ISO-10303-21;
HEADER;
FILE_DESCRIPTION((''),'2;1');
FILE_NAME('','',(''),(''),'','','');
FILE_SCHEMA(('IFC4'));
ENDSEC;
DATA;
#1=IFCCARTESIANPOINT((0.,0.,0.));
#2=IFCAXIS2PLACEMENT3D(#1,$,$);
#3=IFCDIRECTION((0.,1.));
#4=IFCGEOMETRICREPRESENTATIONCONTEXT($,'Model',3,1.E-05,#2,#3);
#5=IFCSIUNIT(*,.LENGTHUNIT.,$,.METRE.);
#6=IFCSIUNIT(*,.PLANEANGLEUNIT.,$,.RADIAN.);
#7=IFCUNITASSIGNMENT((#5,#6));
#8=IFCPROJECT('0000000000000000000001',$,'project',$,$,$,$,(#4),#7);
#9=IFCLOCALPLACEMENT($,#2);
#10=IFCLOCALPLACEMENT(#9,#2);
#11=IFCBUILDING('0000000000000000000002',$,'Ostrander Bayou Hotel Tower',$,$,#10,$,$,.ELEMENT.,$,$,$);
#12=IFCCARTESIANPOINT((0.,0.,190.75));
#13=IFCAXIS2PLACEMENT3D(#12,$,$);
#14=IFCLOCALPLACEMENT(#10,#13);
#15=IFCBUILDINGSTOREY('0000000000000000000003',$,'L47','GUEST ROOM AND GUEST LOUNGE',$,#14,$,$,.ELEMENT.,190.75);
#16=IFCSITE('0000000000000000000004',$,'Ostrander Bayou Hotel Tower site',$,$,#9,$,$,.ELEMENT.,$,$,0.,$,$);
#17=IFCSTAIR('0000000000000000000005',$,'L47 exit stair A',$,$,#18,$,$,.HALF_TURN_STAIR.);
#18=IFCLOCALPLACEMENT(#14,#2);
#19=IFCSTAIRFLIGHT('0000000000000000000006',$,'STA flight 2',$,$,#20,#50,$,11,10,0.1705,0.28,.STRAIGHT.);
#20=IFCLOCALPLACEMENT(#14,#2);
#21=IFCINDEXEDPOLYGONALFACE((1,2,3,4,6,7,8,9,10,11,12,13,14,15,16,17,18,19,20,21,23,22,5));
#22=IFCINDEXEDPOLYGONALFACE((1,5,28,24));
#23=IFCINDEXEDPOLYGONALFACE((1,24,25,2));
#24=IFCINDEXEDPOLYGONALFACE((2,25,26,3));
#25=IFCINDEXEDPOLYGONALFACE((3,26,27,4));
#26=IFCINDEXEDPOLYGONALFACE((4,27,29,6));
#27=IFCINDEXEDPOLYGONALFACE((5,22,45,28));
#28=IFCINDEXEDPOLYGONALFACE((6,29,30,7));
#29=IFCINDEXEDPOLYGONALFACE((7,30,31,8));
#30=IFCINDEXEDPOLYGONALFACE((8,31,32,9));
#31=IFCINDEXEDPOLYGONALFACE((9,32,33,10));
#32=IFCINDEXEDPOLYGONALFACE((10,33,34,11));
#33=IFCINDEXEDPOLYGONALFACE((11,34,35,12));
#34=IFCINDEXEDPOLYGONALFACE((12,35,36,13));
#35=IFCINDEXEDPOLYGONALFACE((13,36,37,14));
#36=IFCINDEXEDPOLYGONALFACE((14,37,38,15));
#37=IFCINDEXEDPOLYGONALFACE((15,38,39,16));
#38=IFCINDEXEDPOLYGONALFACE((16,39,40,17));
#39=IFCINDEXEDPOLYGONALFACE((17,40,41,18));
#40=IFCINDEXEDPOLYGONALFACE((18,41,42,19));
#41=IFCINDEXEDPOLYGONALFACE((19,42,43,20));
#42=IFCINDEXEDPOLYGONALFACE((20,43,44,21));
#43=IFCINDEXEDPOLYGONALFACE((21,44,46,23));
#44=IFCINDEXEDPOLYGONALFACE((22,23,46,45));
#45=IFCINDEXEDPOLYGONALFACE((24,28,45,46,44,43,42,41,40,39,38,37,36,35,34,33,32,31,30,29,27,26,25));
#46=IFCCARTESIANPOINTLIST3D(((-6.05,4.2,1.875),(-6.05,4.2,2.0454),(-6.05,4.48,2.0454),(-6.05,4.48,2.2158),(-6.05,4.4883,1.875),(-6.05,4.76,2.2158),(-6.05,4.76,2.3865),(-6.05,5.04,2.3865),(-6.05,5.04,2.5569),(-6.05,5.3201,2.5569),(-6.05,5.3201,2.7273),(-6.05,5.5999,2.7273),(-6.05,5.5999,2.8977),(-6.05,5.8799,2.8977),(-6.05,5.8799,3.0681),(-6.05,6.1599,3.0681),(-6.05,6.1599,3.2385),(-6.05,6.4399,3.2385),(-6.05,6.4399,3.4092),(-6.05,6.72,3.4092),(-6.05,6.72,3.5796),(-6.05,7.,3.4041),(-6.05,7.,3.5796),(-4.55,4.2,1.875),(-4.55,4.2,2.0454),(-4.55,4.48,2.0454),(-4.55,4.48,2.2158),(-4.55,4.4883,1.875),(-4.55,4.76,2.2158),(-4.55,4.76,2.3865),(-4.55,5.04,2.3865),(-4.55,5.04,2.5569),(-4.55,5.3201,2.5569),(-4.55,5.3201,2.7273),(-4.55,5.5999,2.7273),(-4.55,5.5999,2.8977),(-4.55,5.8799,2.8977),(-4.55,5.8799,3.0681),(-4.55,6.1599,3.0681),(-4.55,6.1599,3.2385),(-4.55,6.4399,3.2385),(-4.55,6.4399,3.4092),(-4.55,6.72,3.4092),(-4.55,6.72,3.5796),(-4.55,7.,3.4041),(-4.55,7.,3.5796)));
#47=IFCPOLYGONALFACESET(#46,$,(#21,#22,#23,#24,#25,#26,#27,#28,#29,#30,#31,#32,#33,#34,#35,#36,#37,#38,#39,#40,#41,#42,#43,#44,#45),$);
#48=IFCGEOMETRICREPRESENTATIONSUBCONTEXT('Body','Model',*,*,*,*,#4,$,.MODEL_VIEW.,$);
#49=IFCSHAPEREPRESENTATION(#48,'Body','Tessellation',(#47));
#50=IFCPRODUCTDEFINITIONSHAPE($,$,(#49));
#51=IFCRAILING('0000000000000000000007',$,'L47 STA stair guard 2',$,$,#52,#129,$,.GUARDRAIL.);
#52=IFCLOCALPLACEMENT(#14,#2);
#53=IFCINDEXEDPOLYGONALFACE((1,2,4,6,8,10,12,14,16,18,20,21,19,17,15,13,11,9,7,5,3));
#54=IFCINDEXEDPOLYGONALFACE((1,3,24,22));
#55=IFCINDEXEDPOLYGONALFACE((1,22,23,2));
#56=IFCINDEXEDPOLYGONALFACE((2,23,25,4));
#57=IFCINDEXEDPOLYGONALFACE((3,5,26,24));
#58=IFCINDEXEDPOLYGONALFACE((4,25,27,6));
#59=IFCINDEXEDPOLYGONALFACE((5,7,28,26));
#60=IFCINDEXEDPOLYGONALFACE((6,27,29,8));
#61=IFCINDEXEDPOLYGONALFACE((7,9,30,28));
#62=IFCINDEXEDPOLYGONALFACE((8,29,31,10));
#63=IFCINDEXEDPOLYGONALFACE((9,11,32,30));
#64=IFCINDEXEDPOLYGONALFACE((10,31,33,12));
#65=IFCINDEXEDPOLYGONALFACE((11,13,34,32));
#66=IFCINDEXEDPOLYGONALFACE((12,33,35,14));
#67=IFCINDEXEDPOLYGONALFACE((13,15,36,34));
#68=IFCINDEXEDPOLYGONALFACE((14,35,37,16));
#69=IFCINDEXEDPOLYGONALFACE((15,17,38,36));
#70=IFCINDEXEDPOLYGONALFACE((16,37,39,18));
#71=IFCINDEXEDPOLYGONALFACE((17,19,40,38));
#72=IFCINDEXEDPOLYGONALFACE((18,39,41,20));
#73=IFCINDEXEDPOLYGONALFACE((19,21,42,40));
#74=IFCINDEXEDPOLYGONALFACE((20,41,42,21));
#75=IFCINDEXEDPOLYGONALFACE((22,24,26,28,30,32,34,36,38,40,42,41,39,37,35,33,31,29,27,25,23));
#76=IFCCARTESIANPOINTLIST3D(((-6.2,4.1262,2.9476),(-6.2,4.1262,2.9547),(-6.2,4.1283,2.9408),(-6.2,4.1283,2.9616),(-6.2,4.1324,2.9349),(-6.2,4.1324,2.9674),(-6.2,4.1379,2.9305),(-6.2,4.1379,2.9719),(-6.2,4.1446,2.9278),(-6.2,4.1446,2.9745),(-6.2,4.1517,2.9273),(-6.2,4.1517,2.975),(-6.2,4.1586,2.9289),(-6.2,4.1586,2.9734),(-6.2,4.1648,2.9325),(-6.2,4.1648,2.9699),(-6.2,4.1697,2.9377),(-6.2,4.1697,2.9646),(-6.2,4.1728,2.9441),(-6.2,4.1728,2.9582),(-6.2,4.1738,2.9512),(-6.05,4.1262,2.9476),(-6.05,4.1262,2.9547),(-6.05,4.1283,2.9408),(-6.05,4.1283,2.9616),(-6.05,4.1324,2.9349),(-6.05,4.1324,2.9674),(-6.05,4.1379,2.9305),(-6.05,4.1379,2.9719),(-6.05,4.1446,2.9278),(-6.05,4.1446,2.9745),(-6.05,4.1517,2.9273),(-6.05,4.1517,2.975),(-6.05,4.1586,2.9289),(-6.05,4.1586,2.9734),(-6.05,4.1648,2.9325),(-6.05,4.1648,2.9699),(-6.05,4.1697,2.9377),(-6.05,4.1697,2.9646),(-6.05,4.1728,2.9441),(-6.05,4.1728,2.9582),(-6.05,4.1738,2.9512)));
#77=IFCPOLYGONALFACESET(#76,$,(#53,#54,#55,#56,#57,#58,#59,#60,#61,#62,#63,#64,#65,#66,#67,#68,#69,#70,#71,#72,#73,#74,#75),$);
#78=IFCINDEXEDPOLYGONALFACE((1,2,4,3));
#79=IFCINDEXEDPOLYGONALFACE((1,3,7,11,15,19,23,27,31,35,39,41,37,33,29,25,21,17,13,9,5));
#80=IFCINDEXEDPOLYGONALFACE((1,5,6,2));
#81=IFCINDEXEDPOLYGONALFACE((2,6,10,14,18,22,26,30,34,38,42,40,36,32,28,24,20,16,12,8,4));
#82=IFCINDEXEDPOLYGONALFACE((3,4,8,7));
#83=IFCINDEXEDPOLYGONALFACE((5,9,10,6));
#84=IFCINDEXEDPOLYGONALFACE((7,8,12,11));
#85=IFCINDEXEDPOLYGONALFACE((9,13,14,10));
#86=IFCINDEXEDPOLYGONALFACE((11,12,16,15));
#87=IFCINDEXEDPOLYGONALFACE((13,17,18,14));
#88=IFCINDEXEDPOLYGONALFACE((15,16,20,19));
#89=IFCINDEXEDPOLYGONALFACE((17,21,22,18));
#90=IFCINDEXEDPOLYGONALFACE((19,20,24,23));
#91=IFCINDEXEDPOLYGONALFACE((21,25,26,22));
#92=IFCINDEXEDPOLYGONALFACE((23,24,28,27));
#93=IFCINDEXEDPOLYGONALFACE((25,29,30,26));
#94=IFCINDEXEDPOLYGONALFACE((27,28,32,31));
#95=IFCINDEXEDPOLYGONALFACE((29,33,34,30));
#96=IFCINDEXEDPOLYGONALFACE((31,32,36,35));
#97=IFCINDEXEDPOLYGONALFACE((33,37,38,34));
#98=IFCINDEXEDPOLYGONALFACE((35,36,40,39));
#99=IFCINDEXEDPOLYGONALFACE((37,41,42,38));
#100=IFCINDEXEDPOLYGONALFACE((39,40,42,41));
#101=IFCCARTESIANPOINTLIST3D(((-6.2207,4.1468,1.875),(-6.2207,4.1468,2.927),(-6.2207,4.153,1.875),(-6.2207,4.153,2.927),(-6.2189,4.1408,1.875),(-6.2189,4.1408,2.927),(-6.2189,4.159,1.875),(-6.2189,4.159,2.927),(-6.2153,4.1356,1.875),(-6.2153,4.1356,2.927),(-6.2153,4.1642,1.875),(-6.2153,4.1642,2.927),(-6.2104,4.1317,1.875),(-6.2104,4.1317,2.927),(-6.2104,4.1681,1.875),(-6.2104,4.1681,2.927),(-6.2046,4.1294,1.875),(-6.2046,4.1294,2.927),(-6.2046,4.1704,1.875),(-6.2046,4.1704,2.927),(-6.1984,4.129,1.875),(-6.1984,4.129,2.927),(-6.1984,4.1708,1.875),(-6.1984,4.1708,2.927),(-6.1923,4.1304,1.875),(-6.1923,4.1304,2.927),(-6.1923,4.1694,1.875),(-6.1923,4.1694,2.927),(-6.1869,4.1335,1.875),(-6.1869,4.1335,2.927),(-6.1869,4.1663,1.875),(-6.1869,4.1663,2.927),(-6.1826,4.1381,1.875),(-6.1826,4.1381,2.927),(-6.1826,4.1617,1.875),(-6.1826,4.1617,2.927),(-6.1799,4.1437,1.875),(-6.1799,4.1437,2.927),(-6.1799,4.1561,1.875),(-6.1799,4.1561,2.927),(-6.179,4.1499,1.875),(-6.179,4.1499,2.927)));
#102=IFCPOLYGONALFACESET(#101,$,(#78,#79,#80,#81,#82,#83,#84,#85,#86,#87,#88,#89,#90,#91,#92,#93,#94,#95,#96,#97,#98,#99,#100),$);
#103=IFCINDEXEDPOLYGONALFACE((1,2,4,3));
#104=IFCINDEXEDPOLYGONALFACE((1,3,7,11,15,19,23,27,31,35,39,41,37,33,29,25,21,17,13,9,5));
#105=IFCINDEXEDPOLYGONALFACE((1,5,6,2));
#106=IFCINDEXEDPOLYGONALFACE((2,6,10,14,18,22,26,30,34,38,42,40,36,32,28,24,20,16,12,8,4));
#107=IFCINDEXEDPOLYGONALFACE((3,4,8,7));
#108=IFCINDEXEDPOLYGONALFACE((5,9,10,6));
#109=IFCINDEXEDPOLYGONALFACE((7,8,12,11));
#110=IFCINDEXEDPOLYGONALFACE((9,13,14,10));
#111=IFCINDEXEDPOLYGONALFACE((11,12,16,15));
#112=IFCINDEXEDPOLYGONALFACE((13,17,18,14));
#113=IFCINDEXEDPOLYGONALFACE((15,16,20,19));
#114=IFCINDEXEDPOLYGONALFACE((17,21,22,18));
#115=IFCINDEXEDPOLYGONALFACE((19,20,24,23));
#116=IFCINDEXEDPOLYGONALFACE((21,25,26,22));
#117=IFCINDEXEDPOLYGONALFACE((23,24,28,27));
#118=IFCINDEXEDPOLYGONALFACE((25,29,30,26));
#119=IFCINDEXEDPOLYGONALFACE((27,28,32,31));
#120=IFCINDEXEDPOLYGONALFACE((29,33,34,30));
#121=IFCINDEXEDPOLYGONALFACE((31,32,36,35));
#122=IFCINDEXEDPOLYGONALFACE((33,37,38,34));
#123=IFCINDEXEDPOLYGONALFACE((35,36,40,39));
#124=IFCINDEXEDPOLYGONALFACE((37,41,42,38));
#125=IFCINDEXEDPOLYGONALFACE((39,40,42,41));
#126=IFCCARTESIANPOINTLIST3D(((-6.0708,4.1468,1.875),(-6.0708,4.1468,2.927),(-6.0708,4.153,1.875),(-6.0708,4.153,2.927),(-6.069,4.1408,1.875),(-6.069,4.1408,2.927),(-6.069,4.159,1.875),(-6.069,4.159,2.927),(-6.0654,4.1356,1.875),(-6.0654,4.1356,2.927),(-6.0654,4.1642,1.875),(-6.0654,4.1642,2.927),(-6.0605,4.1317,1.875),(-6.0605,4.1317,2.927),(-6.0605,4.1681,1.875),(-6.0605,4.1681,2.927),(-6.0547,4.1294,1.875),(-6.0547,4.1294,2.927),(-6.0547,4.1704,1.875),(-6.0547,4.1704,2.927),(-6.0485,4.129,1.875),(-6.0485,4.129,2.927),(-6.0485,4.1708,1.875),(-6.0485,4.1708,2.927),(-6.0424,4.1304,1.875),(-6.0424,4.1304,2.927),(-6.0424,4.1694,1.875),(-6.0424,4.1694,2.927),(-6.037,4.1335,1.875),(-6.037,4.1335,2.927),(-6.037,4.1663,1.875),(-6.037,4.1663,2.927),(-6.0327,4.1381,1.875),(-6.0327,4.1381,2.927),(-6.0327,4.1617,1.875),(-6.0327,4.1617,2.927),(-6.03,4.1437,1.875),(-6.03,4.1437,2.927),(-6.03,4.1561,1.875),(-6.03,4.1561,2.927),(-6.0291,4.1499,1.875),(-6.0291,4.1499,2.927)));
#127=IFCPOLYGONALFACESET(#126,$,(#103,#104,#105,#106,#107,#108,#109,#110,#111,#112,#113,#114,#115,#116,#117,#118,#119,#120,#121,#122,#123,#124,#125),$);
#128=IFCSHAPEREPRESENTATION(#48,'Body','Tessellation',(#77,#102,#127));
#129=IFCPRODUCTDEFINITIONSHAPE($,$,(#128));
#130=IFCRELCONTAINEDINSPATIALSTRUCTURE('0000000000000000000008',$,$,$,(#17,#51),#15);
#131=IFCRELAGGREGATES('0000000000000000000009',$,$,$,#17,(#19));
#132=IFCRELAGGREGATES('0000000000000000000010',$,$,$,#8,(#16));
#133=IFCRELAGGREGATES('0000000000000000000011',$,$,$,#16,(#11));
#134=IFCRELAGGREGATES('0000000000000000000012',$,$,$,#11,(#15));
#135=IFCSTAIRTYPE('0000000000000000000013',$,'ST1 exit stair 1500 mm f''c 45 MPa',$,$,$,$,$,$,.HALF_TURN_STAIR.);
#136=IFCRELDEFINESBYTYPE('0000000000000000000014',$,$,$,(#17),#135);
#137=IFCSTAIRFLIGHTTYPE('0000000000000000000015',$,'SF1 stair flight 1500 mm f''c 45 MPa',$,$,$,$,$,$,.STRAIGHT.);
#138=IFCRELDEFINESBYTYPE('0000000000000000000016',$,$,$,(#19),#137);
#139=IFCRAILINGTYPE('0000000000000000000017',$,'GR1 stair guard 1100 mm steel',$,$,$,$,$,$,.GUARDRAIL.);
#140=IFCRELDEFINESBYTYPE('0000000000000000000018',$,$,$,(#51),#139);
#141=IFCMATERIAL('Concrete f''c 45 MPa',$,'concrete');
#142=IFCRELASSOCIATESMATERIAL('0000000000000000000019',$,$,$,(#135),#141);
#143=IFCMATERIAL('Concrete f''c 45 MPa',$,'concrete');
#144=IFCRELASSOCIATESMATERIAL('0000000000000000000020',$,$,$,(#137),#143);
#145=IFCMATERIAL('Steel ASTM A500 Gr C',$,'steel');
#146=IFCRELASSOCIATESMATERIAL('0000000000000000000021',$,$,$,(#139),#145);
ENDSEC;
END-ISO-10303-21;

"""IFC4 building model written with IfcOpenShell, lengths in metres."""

from ifc_helpers import new_model, si_unit, direction, frame, origin, origin_2d, place, context, subcontext, project, spatial, polyline, circle, outline, extrude, material, type_object, element, aggregate, save


model = new_model("IFC4")

# Units and contexts
model_context = context("Model", 3, precision=1e-05, world=origin(), true_north=direction((0.0, 1.0)))
body_context = subcontext(model_context, "Body", "Model", "MODEL_VIEW")
ifc_project = project(units=[si_unit("LENGTHUNIT", "METRE"), si_unit("PLANEANGLEUNIT", "RADIAN")], contexts=[model_context])

# Site, building, storey
site_placement = place(None, origin())
site = spatial("IfcSite", under=ifc_project, at=site_placement, Name="Ostrander Bayou Hotel Tower site", CompositionType="ELEMENT", RefElevation=0.0)
building_placement = place(site_placement, origin())
building = spatial("IfcBuilding", under=site, at=building_placement, Name="Ostrander Bayou Hotel Tower", CompositionType="ELEMENT")
storey_placement = place(building_placement, frame((0.0, 0.0, 190.75)))
storey = spatial("IfcBuildingStorey", under=building, at=storey_placement, Name="L47", Description="GUEST ROOM AND GUEST LOUNGE", CompositionType="ELEMENT", Elevation=190.75)

# Stair, stair flight
ifc_material_1 = material(Name="Concrete f'c 45 MPa", Category="concrete")
stair_type = type_object("IfcStairType", Name="ST1 exit stair 1500 mm f'c 45 MPa", PredefinedType="HALF_TURN_STAIR", material=ifc_material_1)
stair_placement = place(storey_placement, origin())
stair = element("IfcStair", 1, at=stair_placement, inside=storey, type_object=stair_type, Name="L47 exit stair A", PredefinedType="HALF_TURN_STAIR")
ifc_material_2 = material(Name="Concrete f'c 45 MPa", Category="concrete")
stair_flight_type = type_object("IfcStairFlightType", Name="SF1 stair flight 1500 mm f'c 45 MPa", PredefinedType="STRAIGHT", material=ifc_material_2)
stair_flight_placement = place(storey_placement, frame((-5.3, 4.2, 1.875), z_axis=(0.0, 0.0, 1.0), x_axis=(0.0, 1.0, 0.0)))
stair_flight = element("IfcStairFlight", 2, at=stair_flight_placement, type_object=stair_flight_type, Name="STA flight 2", NumberOfRisers=11, NumberOfTreads=10, PredefinedType="STRAIGHT", RiserHeight=0.1705, TreadLength=0.28, context=body_context, shape_type="SweptSolid", body=[
    extrude(outline(polyline([(0.0, 0.0), (0.0, 0.1704), (0.28, 0.1704), (0.28, 0.3408), (0.5601, 0.3408), (0.5601, 0.5115), (0.8401, 0.5115), (0.8401, 0.6819), (1.1201, 0.6819), (1.1201, 0.8523), (1.3999, 0.8523), (1.3999, 1.0227), (1.6799, 1.0227), (1.6799, 1.1931), (1.96, 1.1931), (1.96, 1.3635), (2.24, 1.3635), (2.24, 1.5342), (2.52, 1.5342), (2.52, 1.7046), (2.8, 1.7046), (2.8, 1.875), (2.8, 1.5291), (0.2883, 0.0), (0.0, 0.0)])), frame((0.0, 0.75, 0.0), z_axis=(0.0, -1.0, 0.0), x_axis=(1.0, 0.0, 0.0)), (0.0, 0.0, 1.0), 1.5),
])
aggregate(stair, [stair_flight])

# Railing
ifc_material_3 = material(Name="Steel ASTM A500 Gr C", Category="steel")
railing_type_1 = type_object("IfcRailingType", Name="GR1 stair guard 1100 mm steel", PredefinedType="GUARDRAIL", material=ifc_material_3)
railing_1_placement = place(storey_placement, frame((-6.2, 4.1499, 1.875)))
element("IfcRailing", 3, at=railing_1_placement, inside=storey, type_object=railing_type_1, Name="L47 STA stair guard 2", PredefinedType="GUARDRAIL", context=body_context, shape_type="SweptSolid", body=[
    extrude(circle(Radius=0.0239, at=origin_2d()), frame((0.0, 0.0, 1.0762), z_axis=(1.0, 0.0, 0.0), x_axis=(0.0, 1.0, 0.0)), (0.0, 0.0, 1.0), 0.1499),
    extrude(circle(Radius=0.021, at=origin_2d()), origin(), (0.0, 0.0, 1.0), 1.052),
    extrude(circle(Radius=0.021, at=origin_2d()), frame((0.1499, 0.0, 0.0)), (0.0, 0.0, 1.0), 1.052),
])

save(model, "model.ifc")
